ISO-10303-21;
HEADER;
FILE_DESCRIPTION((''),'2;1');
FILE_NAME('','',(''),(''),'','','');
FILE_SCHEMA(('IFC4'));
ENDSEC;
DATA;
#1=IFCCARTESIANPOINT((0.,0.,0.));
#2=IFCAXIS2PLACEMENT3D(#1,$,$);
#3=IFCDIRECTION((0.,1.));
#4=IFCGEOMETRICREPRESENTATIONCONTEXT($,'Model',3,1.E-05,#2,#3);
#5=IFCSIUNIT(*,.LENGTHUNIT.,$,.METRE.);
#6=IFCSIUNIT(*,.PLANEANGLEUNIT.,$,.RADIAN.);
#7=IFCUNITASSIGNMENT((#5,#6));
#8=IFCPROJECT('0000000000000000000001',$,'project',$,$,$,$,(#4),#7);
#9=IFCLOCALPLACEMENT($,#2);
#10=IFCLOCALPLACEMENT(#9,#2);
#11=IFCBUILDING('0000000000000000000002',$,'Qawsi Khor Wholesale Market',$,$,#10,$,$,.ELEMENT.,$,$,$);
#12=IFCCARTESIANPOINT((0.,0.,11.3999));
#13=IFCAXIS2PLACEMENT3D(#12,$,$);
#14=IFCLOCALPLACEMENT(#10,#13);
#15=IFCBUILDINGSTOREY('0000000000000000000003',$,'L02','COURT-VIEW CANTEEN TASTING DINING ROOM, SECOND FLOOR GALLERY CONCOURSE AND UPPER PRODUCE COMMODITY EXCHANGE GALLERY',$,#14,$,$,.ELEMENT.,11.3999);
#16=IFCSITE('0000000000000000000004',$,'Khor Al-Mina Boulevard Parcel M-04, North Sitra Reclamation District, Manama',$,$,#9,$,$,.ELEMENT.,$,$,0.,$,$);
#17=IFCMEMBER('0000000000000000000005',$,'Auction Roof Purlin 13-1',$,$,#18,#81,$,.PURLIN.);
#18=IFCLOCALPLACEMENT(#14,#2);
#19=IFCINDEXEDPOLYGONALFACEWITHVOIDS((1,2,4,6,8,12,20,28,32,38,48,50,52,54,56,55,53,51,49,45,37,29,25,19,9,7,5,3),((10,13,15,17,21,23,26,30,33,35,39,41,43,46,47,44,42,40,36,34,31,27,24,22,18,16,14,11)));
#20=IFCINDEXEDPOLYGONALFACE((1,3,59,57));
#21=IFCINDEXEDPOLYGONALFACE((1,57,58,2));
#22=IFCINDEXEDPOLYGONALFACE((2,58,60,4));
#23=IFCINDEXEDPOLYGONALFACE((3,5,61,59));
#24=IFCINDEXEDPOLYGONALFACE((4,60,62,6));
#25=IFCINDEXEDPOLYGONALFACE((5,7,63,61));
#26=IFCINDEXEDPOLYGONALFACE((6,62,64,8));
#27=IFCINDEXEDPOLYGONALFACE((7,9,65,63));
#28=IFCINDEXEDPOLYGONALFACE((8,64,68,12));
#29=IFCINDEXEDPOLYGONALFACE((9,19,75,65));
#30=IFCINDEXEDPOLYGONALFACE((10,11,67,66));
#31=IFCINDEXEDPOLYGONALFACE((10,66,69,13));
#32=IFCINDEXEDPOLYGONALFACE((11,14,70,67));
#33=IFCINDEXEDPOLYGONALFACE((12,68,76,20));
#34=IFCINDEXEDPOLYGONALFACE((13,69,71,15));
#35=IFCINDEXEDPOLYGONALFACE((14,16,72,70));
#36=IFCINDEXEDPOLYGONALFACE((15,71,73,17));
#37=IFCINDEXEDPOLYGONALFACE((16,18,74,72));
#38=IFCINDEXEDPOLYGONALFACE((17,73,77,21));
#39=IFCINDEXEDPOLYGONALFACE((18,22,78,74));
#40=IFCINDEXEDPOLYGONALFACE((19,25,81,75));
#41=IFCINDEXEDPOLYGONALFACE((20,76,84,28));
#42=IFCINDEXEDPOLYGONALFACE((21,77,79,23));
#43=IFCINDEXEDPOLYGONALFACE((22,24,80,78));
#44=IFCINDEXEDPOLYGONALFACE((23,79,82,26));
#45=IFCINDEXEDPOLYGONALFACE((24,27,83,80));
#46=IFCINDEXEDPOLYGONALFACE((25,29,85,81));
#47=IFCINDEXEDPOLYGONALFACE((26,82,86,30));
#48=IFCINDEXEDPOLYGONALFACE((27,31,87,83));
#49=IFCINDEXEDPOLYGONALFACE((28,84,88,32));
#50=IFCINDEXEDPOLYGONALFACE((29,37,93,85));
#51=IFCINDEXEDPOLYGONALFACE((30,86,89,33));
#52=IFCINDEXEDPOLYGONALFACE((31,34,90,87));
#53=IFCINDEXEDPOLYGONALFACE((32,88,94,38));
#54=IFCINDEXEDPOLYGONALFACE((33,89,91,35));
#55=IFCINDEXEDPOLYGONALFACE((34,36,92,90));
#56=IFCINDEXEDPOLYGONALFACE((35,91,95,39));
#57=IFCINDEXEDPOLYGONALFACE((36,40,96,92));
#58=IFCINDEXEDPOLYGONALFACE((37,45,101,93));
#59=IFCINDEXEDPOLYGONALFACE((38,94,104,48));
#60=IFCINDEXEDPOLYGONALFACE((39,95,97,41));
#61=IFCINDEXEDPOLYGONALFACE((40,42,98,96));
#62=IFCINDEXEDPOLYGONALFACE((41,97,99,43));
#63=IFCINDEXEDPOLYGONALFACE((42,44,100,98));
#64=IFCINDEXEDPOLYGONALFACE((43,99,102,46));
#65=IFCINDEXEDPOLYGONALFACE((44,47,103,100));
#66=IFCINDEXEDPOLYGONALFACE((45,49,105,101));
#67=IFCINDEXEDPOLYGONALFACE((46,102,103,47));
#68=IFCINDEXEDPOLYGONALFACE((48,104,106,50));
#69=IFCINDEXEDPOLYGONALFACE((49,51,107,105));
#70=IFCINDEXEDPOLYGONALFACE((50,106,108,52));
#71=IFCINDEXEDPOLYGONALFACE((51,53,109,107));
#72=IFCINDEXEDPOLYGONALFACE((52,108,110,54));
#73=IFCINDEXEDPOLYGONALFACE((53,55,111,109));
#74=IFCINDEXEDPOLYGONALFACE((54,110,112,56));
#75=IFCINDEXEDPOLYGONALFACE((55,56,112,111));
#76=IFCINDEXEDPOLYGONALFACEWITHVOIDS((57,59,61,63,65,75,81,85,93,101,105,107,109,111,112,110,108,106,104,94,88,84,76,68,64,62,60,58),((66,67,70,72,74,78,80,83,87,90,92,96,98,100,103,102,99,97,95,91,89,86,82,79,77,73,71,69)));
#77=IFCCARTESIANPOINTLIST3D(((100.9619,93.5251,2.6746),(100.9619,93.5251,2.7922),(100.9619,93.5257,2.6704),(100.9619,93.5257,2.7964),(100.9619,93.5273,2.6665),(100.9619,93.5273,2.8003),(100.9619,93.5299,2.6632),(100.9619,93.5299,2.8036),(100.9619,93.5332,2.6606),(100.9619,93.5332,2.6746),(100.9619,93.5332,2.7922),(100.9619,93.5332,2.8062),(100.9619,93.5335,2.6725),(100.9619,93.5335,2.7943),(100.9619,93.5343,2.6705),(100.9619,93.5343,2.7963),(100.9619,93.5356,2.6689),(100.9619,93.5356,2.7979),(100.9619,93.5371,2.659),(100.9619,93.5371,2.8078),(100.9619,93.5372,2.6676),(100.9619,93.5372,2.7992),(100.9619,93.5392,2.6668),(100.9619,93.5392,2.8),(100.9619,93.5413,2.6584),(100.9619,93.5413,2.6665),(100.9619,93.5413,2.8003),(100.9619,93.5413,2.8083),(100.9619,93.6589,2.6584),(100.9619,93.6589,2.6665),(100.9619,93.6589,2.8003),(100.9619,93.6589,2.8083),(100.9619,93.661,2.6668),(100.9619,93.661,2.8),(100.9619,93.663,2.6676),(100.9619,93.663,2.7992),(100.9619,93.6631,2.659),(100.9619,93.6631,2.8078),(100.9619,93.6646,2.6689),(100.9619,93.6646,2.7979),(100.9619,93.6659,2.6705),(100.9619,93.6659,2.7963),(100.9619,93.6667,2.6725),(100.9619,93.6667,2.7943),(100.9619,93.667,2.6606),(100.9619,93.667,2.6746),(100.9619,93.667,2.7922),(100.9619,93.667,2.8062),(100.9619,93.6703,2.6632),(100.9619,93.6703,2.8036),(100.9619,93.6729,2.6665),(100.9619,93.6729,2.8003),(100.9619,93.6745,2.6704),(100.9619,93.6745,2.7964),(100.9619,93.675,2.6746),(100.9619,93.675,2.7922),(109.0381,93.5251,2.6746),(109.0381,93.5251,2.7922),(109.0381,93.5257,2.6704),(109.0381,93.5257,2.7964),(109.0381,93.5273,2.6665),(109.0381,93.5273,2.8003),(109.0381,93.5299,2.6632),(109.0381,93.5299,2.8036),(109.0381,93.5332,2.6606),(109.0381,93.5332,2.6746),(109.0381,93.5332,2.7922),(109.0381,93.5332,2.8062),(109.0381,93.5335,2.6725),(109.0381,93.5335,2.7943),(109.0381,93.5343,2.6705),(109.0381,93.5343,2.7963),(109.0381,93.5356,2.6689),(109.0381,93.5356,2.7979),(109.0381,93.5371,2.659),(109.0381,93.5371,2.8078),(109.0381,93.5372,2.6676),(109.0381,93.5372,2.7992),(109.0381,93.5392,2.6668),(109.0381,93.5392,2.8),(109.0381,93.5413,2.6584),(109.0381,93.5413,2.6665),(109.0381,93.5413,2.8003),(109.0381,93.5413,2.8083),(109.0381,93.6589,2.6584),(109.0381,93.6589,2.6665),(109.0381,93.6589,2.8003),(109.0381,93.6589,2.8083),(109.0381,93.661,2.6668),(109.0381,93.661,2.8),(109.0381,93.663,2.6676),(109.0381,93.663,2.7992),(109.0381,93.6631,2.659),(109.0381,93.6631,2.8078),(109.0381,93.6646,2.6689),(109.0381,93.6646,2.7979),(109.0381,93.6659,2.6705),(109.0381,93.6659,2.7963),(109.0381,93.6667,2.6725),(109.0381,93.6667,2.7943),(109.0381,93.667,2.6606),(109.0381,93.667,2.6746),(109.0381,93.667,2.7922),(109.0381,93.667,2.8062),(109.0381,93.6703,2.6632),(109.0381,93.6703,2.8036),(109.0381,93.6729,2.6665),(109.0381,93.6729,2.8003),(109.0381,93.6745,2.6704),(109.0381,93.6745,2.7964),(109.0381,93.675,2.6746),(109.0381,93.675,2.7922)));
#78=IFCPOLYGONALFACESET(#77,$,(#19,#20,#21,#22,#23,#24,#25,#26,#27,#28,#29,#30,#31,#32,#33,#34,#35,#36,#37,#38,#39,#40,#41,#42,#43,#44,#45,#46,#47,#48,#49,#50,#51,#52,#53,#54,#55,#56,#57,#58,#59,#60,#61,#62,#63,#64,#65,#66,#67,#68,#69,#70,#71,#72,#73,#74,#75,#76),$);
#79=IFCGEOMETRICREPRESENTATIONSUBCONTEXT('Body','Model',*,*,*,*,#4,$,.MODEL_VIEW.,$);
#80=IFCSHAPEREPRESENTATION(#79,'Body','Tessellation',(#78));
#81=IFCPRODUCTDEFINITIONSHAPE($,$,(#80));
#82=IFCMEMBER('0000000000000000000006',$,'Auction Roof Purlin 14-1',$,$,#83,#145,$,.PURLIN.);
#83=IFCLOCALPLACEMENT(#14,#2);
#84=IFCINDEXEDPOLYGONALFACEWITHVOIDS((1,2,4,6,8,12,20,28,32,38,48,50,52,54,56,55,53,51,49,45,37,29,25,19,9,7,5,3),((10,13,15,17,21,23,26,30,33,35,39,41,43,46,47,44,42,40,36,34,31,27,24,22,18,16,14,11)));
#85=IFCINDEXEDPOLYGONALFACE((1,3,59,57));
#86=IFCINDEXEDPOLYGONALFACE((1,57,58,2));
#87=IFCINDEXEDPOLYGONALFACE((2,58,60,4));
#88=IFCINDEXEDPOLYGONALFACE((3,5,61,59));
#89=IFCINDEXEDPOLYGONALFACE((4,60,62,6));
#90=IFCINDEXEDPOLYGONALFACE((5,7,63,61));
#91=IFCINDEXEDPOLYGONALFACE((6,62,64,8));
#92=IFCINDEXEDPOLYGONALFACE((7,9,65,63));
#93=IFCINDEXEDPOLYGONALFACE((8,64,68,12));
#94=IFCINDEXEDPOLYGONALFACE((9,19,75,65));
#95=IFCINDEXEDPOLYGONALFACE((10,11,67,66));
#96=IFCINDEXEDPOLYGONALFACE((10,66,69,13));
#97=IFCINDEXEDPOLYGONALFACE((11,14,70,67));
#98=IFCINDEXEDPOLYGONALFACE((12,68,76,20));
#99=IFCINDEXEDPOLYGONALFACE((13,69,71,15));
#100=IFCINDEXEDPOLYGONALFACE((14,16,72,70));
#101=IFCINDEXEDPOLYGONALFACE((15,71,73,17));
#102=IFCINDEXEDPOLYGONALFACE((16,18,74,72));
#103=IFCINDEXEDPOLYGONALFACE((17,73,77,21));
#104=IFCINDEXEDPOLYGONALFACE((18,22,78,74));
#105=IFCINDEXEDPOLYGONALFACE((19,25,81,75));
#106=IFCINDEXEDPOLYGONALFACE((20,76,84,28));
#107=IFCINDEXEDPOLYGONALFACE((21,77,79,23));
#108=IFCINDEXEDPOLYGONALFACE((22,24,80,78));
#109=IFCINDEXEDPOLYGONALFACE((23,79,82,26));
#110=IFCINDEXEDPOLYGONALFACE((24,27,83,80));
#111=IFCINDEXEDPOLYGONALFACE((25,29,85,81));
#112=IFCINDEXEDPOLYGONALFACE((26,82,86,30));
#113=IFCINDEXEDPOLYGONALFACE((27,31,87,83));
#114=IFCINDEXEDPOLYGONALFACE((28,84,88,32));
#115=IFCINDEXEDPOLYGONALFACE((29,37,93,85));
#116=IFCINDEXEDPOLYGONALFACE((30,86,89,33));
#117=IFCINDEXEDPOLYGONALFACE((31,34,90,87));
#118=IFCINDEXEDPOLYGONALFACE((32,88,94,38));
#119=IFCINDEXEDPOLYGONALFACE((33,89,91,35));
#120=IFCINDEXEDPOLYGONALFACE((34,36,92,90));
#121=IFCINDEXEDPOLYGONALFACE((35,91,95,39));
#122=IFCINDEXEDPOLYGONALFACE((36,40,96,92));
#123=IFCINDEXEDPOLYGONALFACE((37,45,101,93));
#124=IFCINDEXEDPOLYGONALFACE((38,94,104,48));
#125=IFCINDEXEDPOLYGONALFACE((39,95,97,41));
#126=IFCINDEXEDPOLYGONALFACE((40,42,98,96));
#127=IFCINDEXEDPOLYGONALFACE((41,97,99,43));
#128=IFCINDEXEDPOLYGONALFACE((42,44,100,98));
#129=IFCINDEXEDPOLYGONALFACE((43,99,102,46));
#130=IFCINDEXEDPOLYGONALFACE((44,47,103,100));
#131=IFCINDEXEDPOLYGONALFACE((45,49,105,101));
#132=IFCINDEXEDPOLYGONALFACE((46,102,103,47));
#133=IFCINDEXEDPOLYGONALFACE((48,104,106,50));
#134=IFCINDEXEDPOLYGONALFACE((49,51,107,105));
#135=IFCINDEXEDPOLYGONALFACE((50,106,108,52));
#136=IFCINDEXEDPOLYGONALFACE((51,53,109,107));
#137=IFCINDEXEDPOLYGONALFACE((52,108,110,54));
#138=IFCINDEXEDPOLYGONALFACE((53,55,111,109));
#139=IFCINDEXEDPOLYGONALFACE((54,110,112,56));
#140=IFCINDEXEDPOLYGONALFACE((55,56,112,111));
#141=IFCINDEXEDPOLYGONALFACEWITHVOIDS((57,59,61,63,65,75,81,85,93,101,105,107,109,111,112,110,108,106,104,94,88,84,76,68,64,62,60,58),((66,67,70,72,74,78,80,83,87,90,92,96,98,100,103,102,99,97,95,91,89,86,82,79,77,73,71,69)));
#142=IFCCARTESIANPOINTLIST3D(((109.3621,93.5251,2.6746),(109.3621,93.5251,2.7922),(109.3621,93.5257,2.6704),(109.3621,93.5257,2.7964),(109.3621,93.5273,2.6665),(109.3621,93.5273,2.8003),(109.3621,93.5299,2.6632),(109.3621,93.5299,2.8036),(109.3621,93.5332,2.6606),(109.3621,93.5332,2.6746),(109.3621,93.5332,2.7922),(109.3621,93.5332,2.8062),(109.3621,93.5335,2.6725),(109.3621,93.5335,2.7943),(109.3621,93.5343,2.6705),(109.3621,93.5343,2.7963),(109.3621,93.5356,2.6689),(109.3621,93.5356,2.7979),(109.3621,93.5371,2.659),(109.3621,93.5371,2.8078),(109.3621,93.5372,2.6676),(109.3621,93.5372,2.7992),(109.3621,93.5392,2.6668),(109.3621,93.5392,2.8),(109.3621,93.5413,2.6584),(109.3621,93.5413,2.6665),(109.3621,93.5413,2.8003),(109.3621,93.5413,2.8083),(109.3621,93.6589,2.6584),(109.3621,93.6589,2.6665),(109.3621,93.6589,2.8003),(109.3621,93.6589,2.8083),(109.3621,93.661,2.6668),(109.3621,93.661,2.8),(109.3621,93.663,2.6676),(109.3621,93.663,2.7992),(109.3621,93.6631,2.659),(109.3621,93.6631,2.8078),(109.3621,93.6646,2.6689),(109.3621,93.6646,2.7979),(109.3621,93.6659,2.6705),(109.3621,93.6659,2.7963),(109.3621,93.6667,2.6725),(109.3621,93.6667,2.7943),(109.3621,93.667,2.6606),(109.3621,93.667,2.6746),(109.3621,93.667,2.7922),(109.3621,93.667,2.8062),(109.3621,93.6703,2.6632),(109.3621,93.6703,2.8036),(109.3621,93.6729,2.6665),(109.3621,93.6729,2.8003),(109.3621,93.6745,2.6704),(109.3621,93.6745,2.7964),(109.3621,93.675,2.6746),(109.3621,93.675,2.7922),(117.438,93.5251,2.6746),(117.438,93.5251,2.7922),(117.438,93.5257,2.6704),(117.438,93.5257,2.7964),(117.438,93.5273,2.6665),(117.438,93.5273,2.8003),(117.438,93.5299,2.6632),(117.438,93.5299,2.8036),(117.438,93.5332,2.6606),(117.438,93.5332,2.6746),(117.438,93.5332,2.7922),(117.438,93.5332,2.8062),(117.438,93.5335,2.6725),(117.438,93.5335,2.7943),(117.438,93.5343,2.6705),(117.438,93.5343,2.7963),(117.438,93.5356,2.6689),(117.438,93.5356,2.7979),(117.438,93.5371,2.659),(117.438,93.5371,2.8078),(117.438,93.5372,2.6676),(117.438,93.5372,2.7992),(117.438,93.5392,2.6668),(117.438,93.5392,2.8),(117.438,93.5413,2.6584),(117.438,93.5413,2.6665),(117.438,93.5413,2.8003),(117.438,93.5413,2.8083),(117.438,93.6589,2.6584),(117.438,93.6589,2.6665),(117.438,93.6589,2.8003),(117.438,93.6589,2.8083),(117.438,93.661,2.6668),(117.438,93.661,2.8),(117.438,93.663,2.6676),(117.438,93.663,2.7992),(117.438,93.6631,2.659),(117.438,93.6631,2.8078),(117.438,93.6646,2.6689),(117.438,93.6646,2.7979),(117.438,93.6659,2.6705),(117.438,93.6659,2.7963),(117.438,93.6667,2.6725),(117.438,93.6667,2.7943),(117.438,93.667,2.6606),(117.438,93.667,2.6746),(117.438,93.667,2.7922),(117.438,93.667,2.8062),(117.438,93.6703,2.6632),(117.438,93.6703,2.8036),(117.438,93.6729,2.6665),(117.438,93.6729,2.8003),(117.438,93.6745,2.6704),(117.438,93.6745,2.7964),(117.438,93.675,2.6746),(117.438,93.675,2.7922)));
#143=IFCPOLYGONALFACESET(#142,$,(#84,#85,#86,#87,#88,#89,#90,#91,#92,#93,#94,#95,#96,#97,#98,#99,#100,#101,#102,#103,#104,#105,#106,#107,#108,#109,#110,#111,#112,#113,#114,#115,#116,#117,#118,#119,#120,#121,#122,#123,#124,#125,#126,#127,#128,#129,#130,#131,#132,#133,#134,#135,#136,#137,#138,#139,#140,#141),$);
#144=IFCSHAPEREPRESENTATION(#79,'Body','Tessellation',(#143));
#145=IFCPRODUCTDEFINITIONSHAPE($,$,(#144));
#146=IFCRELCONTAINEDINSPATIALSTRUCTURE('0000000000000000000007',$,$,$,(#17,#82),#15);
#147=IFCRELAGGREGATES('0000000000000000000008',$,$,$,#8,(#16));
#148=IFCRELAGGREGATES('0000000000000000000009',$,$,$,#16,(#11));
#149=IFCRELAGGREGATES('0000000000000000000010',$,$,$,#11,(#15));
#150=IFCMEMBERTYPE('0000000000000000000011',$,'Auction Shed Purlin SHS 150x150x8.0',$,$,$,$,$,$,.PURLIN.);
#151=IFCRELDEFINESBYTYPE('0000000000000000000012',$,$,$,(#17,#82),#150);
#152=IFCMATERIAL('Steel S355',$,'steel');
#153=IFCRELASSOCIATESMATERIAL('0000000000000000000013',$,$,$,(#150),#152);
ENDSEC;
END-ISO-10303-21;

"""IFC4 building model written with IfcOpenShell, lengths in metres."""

from ifc_helpers import new_model, si_unit, direction, frame, origin, origin_2d, place, context, subcontext, project, spatial, hollow_rectangle, extrude, material, material_profile, profile_set, type_object, element, save


model = new_model("IFC4")

# Units and contexts
model_context = context("Model", 3, precision=1e-05, world=origin(), true_north=direction((0.0, 1.0)))
body_context = subcontext(model_context, "Body", "Model", "MODEL_VIEW")
ifc_project = project(units=[si_unit("LENGTHUNIT", "METRE"), si_unit("PLANEANGLEUNIT", "RADIAN")], contexts=[model_context])

# Site, building, storey
site_placement = place(None, origin())
site = spatial("IfcSite", under=ifc_project, at=site_placement, Name="Khor Al-Mina Boulevard Parcel M-04, North Sitra Reclamation District, Manama", CompositionType="ELEMENT", RefElevation=0.0)
building_placement = place(site_placement, origin())
building = spatial("IfcBuilding", under=site, at=building_placement, Name="Qawsi Khor Wholesale Market", CompositionType="ELEMENT")
storey_placement = place(building_placement, frame((0.0, 0.0, 11.3999)))
storey = spatial("IfcBuildingStorey", under=building, at=storey_placement, Name="L02", Description="COURT-VIEW CANTEEN TASTING DINING ROOM, SECOND FLOOR GALLERY CONCOURSE AND UPPER PRODUCE COMMODITY EXCHANGE GALLERY", CompositionType="ELEMENT", Elevation=11.3999)

# Members
ifc_material_1 = material(Name="Steel S355", Category="steel")
ifc_material_profile_1 = material_profile(ifc_material_1, hollow_rectangle(XDim=0.1499, YDim=0.1499, WallThickness=0.0081, InnerFilletRadius=0.0081, OuterFilletRadius=0.0161, at=origin_2d()), Name="SHS 150x150x8.0")
ifc_profile_set_1 = profile_set([ifc_material_profile_1], Name="Steel S355")
member_type = type_object("IfcMemberType", Name="Auction Shed Purlin SHS 150x150x8.0", PredefinedType="PURLIN", material=ifc_profile_set_1)
member_placement = place(storey_placement, frame((100.9619, 93.6001, 2.7334), z_axis=(1.0, 0.0, 0.0), x_axis=(0.0, 1.0, 0.0)))
element("IfcMember", 1, at=member_placement, inside=storey, type_object=member_type, Name="Auction Roof Purlin 13-1", PredefinedType="PURLIN", context=body_context, shape_type="SweptSolid", body=[
    extrude(hollow_rectangle(XDim=0.1499, YDim=0.1499, WallThickness=0.0081, InnerFilletRadius=0.0081, OuterFilletRadius=0.0161, at=origin_2d()), origin(), (0.0, 0.0, 1.0), 8.0762),
])
for number, where, z_axis, x_axis, name in (
    (2, (109.3621, 93.6001, 2.7334), (1.0, 0.0, 0.0), (0.0, 1.0, 0.0), "Auction Roof Purlin 14-1"),
):
    element("IfcMember", number, at=place(storey_placement, frame(where, z_axis=z_axis, x_axis=x_axis)), inside=storey, type_object=member_type, Name=name, PredefinedType="PURLIN", context=body_context, shape_type="SweptSolid", body=[
        extrude(hollow_rectangle(XDim=0.1499, YDim=0.1499, WallThickness=0.0081, InnerFilletRadius=0.0081, OuterFilletRadius=0.0161, at=origin_2d()), origin(), (0.0, 0.0, 1.0), 8.0759),
    ])

save(model, "model.ifc")
